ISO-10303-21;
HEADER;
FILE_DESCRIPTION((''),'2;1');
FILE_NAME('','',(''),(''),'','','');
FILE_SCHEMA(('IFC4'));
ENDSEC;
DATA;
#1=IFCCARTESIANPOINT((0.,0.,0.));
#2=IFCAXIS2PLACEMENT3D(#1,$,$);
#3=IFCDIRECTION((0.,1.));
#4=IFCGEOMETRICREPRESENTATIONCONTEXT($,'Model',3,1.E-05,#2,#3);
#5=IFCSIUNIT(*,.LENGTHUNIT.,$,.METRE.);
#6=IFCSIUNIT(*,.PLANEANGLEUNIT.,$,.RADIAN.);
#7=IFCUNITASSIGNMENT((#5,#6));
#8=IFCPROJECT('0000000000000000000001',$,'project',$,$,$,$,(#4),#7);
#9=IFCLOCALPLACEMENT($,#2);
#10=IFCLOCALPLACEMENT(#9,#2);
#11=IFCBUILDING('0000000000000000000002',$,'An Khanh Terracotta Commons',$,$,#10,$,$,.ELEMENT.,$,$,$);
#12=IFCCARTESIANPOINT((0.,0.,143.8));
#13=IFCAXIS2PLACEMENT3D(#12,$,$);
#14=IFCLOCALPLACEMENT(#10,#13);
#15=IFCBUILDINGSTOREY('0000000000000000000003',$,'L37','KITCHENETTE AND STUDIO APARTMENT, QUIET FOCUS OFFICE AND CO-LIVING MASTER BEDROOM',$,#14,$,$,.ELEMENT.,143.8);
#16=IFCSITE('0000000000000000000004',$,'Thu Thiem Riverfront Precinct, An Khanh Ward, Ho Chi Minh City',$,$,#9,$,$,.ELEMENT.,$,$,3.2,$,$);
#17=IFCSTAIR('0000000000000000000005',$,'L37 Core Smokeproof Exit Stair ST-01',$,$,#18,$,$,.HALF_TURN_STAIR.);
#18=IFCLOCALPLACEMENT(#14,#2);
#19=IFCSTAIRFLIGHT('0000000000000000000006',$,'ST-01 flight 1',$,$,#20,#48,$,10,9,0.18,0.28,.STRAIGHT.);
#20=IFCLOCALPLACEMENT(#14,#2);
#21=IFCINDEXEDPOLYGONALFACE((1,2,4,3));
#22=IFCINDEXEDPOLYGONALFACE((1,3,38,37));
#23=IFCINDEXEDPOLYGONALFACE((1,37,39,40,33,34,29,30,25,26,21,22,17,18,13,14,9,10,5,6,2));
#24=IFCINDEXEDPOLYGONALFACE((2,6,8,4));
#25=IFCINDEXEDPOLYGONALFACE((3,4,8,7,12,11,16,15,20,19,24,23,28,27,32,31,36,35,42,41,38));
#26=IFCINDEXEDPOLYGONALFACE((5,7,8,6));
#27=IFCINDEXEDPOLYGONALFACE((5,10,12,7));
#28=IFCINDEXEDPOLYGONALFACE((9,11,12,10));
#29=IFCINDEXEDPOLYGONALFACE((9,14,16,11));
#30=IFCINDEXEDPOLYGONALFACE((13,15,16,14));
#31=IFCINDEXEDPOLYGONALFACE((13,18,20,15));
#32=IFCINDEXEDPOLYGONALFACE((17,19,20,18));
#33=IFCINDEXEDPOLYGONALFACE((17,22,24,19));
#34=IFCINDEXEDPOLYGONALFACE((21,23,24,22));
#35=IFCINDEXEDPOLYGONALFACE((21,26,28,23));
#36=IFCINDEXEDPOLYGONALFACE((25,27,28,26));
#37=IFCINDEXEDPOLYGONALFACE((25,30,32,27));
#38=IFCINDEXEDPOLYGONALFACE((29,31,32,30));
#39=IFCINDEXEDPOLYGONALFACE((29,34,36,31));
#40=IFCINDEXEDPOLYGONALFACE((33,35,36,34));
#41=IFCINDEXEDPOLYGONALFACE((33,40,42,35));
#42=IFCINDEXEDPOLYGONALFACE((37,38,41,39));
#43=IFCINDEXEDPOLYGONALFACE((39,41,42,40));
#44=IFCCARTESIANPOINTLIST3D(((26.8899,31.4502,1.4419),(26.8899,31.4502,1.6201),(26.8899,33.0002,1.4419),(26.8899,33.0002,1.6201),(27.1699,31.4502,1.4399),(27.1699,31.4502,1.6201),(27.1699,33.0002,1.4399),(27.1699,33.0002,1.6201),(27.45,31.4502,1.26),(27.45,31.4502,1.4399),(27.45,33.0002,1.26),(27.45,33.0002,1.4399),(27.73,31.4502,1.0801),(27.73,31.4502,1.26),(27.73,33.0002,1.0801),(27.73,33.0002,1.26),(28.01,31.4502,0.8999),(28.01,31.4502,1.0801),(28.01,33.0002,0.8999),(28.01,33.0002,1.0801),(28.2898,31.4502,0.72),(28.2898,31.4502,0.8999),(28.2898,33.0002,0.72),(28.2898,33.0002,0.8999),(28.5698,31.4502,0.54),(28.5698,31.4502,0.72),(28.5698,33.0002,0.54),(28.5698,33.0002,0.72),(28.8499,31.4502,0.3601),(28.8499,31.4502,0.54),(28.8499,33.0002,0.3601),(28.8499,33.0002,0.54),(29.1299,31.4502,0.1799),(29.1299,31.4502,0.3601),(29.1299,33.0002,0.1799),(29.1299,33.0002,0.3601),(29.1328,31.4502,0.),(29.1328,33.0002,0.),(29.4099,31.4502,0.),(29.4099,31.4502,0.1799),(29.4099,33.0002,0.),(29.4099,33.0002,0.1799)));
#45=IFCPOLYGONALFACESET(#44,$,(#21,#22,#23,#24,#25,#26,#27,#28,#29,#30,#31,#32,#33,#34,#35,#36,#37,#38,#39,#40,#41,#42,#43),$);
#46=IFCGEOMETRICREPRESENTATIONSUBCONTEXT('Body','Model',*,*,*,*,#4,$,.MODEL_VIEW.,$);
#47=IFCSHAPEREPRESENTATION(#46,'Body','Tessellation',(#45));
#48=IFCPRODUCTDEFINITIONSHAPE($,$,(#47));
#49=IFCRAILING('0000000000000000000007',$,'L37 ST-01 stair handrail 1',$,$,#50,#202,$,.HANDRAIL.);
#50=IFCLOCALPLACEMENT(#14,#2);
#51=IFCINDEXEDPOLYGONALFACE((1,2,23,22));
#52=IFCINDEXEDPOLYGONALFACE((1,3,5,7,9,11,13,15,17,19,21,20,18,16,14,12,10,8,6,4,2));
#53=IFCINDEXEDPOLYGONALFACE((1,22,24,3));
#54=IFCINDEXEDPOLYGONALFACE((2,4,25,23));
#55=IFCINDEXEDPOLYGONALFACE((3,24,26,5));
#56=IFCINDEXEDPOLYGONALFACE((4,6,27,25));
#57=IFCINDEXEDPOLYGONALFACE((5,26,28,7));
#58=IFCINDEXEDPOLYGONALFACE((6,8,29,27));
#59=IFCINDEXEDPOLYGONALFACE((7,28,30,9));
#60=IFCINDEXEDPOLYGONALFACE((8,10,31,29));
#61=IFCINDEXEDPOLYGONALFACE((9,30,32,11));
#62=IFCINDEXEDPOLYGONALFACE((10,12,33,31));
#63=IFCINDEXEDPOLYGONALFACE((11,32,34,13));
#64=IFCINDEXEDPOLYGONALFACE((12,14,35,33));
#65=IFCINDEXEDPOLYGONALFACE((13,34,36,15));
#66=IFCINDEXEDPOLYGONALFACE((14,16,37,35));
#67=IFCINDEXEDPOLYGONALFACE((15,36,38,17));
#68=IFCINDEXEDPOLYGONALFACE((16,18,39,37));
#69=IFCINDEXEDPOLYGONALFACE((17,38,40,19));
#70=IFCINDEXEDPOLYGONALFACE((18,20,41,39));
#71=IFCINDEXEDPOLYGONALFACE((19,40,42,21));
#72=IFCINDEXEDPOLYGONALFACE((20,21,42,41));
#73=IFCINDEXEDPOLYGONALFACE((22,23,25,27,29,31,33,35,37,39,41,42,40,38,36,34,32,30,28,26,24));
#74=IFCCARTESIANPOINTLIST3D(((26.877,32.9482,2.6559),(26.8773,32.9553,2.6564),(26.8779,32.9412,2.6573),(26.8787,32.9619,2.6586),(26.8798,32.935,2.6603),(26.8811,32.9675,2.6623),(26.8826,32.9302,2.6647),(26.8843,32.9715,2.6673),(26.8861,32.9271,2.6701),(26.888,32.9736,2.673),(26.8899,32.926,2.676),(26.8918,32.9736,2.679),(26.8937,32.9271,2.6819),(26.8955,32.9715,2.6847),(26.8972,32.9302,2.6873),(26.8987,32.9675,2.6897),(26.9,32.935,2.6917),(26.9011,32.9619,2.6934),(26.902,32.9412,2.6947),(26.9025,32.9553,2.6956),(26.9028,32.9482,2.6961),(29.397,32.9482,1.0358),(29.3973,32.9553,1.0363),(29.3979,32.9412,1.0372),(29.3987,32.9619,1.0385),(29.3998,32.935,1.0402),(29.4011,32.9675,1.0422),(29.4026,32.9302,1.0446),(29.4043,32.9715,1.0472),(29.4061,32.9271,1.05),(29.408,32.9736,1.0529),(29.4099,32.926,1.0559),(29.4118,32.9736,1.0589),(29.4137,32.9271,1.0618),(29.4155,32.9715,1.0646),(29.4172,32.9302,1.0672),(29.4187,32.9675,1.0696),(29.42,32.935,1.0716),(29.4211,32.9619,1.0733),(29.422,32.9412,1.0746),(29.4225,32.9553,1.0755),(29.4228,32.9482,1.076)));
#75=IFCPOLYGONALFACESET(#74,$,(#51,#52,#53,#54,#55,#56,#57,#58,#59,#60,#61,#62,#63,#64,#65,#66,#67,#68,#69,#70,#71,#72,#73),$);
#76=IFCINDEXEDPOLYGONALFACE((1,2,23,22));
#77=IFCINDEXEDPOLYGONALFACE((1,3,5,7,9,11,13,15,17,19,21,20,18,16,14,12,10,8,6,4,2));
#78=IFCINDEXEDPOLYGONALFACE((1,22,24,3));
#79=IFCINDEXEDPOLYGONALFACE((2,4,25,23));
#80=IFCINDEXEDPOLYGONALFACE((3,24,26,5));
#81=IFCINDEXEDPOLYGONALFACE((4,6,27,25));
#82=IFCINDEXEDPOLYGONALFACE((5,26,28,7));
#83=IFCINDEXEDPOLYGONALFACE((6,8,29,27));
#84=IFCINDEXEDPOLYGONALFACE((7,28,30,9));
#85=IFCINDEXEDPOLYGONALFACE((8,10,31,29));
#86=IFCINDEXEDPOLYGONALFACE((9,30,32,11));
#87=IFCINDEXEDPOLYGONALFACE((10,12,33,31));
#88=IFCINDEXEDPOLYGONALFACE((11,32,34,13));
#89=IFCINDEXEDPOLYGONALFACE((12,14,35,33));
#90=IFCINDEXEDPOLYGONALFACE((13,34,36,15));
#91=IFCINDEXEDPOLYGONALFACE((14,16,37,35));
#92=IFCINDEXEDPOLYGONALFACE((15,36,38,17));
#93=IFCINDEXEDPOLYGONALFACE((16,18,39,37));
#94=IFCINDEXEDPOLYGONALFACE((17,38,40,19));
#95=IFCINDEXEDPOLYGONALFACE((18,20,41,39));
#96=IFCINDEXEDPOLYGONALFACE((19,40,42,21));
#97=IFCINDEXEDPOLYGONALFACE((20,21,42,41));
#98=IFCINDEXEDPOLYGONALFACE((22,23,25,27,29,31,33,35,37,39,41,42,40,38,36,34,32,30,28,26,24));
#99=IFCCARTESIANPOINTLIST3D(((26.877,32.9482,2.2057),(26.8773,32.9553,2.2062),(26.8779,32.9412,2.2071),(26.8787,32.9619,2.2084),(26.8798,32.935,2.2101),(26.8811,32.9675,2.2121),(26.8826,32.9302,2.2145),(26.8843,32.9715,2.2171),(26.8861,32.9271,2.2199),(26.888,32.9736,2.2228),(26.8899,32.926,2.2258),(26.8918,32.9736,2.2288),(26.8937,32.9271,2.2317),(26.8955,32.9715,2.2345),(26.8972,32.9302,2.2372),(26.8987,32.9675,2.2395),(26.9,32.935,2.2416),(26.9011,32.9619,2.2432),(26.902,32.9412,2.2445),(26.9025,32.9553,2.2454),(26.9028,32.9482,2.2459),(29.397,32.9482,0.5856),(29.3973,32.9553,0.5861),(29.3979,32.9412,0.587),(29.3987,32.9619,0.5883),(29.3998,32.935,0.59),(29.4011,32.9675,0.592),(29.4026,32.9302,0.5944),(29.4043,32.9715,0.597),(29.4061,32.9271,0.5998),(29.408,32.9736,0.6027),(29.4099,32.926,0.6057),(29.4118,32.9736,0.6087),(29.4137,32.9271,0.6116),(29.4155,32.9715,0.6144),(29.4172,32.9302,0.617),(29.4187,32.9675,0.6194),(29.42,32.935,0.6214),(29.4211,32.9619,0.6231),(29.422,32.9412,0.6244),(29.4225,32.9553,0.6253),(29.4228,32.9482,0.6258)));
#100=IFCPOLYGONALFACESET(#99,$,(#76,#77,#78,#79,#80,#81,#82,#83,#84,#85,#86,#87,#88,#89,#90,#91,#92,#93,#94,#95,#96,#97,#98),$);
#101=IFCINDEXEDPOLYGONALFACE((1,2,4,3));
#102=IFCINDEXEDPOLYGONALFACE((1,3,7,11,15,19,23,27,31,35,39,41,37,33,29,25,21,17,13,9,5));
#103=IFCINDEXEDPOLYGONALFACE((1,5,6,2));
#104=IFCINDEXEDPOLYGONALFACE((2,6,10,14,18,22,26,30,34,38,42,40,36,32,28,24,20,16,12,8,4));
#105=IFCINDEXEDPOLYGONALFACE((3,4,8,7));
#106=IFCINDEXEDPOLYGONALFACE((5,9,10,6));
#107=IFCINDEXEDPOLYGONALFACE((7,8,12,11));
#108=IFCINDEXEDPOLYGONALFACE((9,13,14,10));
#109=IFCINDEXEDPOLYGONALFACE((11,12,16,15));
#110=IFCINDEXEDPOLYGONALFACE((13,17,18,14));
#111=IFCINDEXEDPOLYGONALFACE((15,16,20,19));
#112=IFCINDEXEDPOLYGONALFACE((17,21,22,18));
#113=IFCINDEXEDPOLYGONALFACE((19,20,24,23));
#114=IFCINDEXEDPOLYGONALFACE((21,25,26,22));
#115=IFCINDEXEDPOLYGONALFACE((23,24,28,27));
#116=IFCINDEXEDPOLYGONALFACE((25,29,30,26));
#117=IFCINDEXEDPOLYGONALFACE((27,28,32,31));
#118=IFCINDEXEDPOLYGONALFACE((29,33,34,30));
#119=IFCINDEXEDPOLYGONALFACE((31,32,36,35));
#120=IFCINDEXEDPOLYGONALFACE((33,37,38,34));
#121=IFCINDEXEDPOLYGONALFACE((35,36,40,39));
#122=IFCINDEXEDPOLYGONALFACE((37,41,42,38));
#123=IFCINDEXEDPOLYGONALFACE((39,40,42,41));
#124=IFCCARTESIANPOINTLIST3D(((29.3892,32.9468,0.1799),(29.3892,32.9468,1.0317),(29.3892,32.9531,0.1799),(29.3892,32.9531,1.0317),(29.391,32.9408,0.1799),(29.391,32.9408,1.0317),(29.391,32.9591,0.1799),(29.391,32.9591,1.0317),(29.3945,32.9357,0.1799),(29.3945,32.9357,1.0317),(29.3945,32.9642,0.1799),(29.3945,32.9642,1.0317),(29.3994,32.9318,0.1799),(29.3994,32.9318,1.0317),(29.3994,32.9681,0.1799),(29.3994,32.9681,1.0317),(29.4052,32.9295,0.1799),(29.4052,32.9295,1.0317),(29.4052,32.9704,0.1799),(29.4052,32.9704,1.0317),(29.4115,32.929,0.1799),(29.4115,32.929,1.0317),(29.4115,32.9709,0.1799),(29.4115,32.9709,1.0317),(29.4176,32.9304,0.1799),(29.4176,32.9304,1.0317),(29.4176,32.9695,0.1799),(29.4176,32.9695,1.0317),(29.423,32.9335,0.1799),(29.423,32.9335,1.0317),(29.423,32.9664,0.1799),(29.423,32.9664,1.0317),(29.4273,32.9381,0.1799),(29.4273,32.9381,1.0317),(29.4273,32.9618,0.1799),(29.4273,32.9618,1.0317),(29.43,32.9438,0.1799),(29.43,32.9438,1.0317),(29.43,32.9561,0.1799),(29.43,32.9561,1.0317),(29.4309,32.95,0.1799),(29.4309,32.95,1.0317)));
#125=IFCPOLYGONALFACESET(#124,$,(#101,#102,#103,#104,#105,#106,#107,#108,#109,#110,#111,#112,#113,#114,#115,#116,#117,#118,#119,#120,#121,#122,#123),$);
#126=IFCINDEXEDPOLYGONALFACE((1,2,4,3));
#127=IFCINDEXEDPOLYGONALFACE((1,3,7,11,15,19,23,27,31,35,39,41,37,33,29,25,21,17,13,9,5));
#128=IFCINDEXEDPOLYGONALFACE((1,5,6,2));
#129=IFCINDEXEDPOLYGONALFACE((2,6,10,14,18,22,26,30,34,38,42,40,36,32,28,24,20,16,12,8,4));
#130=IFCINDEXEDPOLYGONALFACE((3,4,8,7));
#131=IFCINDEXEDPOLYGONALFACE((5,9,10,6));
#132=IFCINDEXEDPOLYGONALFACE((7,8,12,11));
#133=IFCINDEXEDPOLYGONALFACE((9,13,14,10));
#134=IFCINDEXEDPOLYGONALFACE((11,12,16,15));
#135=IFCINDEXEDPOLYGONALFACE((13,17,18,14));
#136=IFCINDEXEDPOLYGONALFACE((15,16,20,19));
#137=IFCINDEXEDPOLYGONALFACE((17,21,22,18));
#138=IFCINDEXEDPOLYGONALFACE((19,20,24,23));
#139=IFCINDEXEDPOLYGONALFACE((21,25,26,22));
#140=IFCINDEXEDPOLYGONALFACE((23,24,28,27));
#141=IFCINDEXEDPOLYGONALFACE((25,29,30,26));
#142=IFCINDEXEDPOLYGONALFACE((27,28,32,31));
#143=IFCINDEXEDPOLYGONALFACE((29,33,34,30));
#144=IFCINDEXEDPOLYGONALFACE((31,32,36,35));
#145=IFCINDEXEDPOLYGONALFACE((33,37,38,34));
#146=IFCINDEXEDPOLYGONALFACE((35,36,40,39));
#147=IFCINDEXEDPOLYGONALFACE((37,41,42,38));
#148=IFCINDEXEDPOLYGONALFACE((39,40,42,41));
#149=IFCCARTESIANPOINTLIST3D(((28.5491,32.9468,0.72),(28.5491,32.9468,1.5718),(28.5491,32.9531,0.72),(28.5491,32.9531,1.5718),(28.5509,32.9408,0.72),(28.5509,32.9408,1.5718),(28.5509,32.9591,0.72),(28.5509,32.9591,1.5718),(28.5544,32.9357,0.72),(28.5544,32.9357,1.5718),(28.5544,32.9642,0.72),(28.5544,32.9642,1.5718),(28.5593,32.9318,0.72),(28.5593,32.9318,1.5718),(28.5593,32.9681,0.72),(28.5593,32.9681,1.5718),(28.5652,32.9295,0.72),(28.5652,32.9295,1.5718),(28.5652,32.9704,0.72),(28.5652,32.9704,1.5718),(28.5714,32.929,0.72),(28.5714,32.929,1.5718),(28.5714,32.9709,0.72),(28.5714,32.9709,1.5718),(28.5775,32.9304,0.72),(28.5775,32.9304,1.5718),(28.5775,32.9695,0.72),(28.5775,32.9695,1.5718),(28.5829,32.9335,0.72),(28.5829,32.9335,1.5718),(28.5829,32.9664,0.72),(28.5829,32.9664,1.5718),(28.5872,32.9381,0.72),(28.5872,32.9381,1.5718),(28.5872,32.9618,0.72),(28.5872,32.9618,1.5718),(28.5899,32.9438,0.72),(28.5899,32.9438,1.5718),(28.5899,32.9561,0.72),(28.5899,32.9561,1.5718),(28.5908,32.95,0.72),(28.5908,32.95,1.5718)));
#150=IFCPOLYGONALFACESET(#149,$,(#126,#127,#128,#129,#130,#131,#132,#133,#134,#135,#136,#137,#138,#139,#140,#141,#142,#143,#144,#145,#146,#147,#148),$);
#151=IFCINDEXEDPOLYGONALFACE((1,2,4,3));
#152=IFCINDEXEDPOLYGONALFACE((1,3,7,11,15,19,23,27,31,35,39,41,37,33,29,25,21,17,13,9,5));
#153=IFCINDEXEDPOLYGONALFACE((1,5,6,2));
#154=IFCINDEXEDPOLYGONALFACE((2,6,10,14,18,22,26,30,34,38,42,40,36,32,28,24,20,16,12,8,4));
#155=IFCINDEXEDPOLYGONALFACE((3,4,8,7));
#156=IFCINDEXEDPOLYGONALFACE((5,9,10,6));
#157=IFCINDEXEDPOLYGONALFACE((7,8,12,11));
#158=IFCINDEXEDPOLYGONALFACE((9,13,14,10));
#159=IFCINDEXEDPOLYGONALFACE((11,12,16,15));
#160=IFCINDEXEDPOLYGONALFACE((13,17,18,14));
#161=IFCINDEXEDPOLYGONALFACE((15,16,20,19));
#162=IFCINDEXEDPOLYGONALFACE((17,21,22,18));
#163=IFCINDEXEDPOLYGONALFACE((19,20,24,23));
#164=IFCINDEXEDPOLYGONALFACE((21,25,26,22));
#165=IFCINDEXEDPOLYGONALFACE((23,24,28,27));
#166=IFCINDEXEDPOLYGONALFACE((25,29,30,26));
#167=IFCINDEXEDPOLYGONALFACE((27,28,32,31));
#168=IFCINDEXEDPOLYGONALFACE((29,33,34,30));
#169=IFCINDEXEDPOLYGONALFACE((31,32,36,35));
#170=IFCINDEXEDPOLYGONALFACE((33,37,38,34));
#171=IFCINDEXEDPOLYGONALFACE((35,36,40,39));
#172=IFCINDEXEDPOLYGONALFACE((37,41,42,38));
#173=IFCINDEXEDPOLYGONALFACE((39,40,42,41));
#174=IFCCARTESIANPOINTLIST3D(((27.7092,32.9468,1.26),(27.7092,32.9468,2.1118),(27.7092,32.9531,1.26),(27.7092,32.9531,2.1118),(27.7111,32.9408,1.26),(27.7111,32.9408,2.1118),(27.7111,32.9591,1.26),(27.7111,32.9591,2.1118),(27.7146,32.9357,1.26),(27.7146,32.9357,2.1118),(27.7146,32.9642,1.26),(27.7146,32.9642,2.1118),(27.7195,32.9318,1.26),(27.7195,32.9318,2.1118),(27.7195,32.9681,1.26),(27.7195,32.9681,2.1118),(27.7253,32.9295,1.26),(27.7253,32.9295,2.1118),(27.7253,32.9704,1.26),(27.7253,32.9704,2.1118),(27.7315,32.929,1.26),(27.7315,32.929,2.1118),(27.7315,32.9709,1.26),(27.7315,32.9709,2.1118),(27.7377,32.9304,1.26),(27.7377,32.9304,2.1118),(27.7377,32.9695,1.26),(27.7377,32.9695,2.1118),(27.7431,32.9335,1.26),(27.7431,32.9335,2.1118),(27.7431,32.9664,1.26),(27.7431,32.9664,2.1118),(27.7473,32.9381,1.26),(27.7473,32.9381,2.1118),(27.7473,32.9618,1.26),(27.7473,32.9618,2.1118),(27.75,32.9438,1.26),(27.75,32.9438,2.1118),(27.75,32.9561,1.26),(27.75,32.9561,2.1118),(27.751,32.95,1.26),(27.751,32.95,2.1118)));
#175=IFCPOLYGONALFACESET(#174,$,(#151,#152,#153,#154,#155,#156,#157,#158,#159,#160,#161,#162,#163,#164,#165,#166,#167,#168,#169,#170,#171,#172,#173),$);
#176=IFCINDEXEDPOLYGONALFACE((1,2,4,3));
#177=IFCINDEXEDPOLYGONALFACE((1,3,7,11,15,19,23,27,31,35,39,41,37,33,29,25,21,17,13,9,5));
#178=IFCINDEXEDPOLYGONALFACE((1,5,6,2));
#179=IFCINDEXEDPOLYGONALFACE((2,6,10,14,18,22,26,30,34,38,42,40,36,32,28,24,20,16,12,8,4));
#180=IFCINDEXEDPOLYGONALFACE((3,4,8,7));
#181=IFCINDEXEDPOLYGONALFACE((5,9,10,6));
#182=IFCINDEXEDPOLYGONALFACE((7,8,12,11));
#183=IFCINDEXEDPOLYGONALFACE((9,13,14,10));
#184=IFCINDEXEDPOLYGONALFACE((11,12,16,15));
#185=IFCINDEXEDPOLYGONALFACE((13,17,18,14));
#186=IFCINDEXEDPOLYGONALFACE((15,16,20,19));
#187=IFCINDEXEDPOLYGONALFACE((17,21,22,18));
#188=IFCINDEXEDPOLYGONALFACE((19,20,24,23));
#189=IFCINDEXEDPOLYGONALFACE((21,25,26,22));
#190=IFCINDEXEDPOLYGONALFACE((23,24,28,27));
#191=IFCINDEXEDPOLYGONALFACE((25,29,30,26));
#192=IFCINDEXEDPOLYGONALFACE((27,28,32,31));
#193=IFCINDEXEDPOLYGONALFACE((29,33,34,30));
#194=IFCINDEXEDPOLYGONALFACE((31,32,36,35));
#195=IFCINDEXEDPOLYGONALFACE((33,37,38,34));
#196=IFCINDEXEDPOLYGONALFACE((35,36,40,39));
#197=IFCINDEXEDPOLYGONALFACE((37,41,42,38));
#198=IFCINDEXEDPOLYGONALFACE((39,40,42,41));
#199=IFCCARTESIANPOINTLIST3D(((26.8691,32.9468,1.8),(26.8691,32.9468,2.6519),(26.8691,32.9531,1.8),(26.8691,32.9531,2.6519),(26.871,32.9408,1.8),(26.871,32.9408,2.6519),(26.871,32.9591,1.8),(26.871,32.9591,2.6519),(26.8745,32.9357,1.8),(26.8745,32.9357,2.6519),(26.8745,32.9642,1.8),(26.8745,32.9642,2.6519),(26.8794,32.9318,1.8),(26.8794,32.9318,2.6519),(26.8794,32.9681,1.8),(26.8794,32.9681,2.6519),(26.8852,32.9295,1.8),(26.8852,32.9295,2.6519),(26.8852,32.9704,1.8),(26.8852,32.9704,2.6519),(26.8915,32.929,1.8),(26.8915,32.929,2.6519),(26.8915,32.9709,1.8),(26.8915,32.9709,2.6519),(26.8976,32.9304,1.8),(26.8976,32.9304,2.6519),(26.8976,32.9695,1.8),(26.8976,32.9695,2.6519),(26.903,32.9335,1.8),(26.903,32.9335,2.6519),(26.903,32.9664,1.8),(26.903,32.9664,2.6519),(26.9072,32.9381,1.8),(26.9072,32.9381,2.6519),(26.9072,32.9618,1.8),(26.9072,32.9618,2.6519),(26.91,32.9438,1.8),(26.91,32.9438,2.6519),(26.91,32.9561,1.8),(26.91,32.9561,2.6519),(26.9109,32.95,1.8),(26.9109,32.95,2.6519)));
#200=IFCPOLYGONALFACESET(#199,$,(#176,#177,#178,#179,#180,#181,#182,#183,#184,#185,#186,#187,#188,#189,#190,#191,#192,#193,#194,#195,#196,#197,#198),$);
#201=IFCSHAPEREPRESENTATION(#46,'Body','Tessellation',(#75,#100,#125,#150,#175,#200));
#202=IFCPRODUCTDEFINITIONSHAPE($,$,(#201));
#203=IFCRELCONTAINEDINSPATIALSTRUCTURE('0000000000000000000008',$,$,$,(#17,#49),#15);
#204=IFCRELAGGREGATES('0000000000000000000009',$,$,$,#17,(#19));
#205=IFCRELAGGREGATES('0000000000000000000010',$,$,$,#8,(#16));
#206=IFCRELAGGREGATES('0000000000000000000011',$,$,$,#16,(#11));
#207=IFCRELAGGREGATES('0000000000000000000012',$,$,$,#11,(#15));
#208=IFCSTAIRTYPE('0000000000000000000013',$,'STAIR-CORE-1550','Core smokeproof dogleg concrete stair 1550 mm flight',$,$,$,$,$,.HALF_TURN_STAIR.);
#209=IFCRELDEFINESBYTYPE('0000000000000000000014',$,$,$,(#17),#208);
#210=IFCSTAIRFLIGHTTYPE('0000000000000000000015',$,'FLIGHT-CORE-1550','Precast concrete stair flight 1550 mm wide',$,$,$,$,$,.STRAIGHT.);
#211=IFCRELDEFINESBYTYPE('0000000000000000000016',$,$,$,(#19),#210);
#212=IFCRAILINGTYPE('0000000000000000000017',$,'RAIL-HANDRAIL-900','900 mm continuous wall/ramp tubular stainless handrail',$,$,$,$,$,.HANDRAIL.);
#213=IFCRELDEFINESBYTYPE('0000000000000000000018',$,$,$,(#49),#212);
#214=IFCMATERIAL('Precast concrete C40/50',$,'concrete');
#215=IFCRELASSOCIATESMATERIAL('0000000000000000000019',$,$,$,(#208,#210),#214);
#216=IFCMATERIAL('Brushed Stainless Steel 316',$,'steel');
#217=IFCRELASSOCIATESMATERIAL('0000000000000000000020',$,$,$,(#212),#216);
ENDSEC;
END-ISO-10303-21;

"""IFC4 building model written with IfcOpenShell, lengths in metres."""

from ifc_helpers import new_model, si_unit, direction, frame, origin, origin_2d, place, context, subcontext, project, spatial, polyline, circle, outline, extrude, material, type_object, element, aggregate, save


model = new_model("IFC4")

# Units and contexts
model_context = context("Model", 3, precision=1e-05, world=origin(), true_north=direction((0.0, 1.0)))
body_context = subcontext(model_context, "Body", "Model", "MODEL_VIEW")
ifc_project = project(units=[si_unit("LENGTHUNIT", "METRE"), si_unit("PLANEANGLEUNIT", "RADIAN")], contexts=[model_context])

# Site, building, storey
site_placement = place(None, origin())
site = spatial("IfcSite", under=ifc_project, at=site_placement, Name="Thu Thiem Riverfront Precinct, An Khanh Ward, Ho Chi Minh City", CompositionType="ELEMENT", RefElevation=3.2)
building_placement = place(site_placement, origin())
building = spatial("IfcBuilding", under=site, at=building_placement, Name="An Khanh Terracotta Commons", CompositionType="ELEMENT")
storey_placement = place(building_placement, frame((0.0, 0.0, 143.8)))
storey = spatial("IfcBuildingStorey", under=building, at=storey_placement, Name="L37", Description="KITCHENETTE AND STUDIO APARTMENT, QUIET FOCUS OFFICE AND CO-LIVING MASTER BEDROOM", CompositionType="ELEMENT", Elevation=143.8)

# Stair, stair flight
ifc_material_1 = material(Name="Precast concrete C40/50", Category="concrete")
stair_type = type_object("IfcStairType", Name="STAIR-CORE-1550", Description="Core smokeproof dogleg concrete stair 1550 mm flight", PredefinedType="HALF_TURN_STAIR", material=ifc_material_1)
stair_placement = place(storey_placement, origin())
stair = element("IfcStair", 1, at=stair_placement, inside=storey, type_object=stair_type, Name="L37 Core Smokeproof Exit Stair ST-01", PredefinedType="HALF_TURN_STAIR")
stair_flight_type = type_object("IfcStairFlightType", Name="FLIGHT-CORE-1550", Description="Precast concrete stair flight 1550 mm wide", PredefinedType="STRAIGHT", material=ifc_material_1)
stair_flight_placement = place(storey_placement, frame((29.4099, 32.2251, 0.0), z_axis=(0.0, 0.0, 1.0), x_axis=(-1.0, 0.0, 0.0)))
stair_flight = element("IfcStairFlight", 2, at=stair_flight_placement, type_object=stair_flight_type, Name="ST-01 flight 1", NumberOfRisers=10, NumberOfTreads=9, PredefinedType="STRAIGHT", RiserHeight=0.18, TreadLength=0.28, context=body_context, shape_type="SweptSolid", body=[
    extrude(outline(polyline([(0.0, 0.0), (0.0, 0.1799), (0.28, 0.1799), (0.28, 0.3601), (0.5601, 0.3601), (0.5601, 0.54), (0.8401, 0.54), (0.8401, 0.72), (1.1201, 0.72), (1.1201, 0.8999), (1.3999, 0.8999), (1.3999, 1.0801), (1.6799, 1.0801), (1.6799, 1.26), (1.96, 1.26), (1.96, 1.4399), (2.24, 1.4399), (2.24, 1.6201), (2.52, 1.6201), (2.52, 1.8), (2.52, 1.4419), (0.2771, 0.0), (0.0, 0.0)])), frame((0.0, 0.7749, 0.0), z_axis=(0.0, -1.0, 0.0), x_axis=(1.0, 0.0, 0.0)), (0.0, 0.0, 1.0), 1.55),
])
aggregate(stair, [stair_flight])

# Railing
ifc_material_2 = material(Name="Brushed Stainless Steel 316", Category="steel")
railing_type_1 = type_object("IfcRailingType", Name="RAIL-HANDRAIL-900", Description="900 mm continuous wall/ramp tubular stainless handrail", PredefinedType="HANDRAIL", material=ifc_material_2)
railing_1_placement = place(storey_placement, frame((29.4099, 32.95, 0.1799)))
element("IfcRailing", 3, at=railing_1_placement, inside=storey, type_object=railing_type_1, Name="L37 ST-01 stair handrail 1", PredefinedType="HANDRAIL", context=body_context, shape_type="SweptSolid", body=[
    extrude(circle(Radius=0.0239, at=origin_2d()), frame((0.0, 0.0, 0.876), z_axis=(-0.841163, 0.0, 0.540782), x_axis=(0.0, -1.0, 0.0)), (0.0, 0.0, 1.0), 2.9958),
    extrude(circle(Radius=0.0239, at=origin_2d()), frame((0.0, 0.0, 0.4258), z_axis=(-0.841163, 0.0, 0.540782), x_axis=(0.0, -1.0, 0.0)), (0.0, 0.0, 1.0), 2.9958),
    extrude(circle(Radius=0.021, at=origin_2d()), origin(), (0.0, 0.0, 1.0), 0.8518),
    extrude(circle(Radius=0.021, at=origin_2d()), frame((-0.8401, 0.0, 0.54)), (0.0, 0.0, 1.0), 0.8518),
    extrude(circle(Radius=0.021, at=origin_2d()), frame((-1.6799, 0.0, 1.0801)), (0.0, 0.0, 1.0), 0.8518),
    extrude(circle(Radius=0.021, at=origin_2d()), frame((-2.52, 0.0, 1.6201)), (0.0, 0.0, 1.0), 0.8518),
])

save(model, "model.ifc")
